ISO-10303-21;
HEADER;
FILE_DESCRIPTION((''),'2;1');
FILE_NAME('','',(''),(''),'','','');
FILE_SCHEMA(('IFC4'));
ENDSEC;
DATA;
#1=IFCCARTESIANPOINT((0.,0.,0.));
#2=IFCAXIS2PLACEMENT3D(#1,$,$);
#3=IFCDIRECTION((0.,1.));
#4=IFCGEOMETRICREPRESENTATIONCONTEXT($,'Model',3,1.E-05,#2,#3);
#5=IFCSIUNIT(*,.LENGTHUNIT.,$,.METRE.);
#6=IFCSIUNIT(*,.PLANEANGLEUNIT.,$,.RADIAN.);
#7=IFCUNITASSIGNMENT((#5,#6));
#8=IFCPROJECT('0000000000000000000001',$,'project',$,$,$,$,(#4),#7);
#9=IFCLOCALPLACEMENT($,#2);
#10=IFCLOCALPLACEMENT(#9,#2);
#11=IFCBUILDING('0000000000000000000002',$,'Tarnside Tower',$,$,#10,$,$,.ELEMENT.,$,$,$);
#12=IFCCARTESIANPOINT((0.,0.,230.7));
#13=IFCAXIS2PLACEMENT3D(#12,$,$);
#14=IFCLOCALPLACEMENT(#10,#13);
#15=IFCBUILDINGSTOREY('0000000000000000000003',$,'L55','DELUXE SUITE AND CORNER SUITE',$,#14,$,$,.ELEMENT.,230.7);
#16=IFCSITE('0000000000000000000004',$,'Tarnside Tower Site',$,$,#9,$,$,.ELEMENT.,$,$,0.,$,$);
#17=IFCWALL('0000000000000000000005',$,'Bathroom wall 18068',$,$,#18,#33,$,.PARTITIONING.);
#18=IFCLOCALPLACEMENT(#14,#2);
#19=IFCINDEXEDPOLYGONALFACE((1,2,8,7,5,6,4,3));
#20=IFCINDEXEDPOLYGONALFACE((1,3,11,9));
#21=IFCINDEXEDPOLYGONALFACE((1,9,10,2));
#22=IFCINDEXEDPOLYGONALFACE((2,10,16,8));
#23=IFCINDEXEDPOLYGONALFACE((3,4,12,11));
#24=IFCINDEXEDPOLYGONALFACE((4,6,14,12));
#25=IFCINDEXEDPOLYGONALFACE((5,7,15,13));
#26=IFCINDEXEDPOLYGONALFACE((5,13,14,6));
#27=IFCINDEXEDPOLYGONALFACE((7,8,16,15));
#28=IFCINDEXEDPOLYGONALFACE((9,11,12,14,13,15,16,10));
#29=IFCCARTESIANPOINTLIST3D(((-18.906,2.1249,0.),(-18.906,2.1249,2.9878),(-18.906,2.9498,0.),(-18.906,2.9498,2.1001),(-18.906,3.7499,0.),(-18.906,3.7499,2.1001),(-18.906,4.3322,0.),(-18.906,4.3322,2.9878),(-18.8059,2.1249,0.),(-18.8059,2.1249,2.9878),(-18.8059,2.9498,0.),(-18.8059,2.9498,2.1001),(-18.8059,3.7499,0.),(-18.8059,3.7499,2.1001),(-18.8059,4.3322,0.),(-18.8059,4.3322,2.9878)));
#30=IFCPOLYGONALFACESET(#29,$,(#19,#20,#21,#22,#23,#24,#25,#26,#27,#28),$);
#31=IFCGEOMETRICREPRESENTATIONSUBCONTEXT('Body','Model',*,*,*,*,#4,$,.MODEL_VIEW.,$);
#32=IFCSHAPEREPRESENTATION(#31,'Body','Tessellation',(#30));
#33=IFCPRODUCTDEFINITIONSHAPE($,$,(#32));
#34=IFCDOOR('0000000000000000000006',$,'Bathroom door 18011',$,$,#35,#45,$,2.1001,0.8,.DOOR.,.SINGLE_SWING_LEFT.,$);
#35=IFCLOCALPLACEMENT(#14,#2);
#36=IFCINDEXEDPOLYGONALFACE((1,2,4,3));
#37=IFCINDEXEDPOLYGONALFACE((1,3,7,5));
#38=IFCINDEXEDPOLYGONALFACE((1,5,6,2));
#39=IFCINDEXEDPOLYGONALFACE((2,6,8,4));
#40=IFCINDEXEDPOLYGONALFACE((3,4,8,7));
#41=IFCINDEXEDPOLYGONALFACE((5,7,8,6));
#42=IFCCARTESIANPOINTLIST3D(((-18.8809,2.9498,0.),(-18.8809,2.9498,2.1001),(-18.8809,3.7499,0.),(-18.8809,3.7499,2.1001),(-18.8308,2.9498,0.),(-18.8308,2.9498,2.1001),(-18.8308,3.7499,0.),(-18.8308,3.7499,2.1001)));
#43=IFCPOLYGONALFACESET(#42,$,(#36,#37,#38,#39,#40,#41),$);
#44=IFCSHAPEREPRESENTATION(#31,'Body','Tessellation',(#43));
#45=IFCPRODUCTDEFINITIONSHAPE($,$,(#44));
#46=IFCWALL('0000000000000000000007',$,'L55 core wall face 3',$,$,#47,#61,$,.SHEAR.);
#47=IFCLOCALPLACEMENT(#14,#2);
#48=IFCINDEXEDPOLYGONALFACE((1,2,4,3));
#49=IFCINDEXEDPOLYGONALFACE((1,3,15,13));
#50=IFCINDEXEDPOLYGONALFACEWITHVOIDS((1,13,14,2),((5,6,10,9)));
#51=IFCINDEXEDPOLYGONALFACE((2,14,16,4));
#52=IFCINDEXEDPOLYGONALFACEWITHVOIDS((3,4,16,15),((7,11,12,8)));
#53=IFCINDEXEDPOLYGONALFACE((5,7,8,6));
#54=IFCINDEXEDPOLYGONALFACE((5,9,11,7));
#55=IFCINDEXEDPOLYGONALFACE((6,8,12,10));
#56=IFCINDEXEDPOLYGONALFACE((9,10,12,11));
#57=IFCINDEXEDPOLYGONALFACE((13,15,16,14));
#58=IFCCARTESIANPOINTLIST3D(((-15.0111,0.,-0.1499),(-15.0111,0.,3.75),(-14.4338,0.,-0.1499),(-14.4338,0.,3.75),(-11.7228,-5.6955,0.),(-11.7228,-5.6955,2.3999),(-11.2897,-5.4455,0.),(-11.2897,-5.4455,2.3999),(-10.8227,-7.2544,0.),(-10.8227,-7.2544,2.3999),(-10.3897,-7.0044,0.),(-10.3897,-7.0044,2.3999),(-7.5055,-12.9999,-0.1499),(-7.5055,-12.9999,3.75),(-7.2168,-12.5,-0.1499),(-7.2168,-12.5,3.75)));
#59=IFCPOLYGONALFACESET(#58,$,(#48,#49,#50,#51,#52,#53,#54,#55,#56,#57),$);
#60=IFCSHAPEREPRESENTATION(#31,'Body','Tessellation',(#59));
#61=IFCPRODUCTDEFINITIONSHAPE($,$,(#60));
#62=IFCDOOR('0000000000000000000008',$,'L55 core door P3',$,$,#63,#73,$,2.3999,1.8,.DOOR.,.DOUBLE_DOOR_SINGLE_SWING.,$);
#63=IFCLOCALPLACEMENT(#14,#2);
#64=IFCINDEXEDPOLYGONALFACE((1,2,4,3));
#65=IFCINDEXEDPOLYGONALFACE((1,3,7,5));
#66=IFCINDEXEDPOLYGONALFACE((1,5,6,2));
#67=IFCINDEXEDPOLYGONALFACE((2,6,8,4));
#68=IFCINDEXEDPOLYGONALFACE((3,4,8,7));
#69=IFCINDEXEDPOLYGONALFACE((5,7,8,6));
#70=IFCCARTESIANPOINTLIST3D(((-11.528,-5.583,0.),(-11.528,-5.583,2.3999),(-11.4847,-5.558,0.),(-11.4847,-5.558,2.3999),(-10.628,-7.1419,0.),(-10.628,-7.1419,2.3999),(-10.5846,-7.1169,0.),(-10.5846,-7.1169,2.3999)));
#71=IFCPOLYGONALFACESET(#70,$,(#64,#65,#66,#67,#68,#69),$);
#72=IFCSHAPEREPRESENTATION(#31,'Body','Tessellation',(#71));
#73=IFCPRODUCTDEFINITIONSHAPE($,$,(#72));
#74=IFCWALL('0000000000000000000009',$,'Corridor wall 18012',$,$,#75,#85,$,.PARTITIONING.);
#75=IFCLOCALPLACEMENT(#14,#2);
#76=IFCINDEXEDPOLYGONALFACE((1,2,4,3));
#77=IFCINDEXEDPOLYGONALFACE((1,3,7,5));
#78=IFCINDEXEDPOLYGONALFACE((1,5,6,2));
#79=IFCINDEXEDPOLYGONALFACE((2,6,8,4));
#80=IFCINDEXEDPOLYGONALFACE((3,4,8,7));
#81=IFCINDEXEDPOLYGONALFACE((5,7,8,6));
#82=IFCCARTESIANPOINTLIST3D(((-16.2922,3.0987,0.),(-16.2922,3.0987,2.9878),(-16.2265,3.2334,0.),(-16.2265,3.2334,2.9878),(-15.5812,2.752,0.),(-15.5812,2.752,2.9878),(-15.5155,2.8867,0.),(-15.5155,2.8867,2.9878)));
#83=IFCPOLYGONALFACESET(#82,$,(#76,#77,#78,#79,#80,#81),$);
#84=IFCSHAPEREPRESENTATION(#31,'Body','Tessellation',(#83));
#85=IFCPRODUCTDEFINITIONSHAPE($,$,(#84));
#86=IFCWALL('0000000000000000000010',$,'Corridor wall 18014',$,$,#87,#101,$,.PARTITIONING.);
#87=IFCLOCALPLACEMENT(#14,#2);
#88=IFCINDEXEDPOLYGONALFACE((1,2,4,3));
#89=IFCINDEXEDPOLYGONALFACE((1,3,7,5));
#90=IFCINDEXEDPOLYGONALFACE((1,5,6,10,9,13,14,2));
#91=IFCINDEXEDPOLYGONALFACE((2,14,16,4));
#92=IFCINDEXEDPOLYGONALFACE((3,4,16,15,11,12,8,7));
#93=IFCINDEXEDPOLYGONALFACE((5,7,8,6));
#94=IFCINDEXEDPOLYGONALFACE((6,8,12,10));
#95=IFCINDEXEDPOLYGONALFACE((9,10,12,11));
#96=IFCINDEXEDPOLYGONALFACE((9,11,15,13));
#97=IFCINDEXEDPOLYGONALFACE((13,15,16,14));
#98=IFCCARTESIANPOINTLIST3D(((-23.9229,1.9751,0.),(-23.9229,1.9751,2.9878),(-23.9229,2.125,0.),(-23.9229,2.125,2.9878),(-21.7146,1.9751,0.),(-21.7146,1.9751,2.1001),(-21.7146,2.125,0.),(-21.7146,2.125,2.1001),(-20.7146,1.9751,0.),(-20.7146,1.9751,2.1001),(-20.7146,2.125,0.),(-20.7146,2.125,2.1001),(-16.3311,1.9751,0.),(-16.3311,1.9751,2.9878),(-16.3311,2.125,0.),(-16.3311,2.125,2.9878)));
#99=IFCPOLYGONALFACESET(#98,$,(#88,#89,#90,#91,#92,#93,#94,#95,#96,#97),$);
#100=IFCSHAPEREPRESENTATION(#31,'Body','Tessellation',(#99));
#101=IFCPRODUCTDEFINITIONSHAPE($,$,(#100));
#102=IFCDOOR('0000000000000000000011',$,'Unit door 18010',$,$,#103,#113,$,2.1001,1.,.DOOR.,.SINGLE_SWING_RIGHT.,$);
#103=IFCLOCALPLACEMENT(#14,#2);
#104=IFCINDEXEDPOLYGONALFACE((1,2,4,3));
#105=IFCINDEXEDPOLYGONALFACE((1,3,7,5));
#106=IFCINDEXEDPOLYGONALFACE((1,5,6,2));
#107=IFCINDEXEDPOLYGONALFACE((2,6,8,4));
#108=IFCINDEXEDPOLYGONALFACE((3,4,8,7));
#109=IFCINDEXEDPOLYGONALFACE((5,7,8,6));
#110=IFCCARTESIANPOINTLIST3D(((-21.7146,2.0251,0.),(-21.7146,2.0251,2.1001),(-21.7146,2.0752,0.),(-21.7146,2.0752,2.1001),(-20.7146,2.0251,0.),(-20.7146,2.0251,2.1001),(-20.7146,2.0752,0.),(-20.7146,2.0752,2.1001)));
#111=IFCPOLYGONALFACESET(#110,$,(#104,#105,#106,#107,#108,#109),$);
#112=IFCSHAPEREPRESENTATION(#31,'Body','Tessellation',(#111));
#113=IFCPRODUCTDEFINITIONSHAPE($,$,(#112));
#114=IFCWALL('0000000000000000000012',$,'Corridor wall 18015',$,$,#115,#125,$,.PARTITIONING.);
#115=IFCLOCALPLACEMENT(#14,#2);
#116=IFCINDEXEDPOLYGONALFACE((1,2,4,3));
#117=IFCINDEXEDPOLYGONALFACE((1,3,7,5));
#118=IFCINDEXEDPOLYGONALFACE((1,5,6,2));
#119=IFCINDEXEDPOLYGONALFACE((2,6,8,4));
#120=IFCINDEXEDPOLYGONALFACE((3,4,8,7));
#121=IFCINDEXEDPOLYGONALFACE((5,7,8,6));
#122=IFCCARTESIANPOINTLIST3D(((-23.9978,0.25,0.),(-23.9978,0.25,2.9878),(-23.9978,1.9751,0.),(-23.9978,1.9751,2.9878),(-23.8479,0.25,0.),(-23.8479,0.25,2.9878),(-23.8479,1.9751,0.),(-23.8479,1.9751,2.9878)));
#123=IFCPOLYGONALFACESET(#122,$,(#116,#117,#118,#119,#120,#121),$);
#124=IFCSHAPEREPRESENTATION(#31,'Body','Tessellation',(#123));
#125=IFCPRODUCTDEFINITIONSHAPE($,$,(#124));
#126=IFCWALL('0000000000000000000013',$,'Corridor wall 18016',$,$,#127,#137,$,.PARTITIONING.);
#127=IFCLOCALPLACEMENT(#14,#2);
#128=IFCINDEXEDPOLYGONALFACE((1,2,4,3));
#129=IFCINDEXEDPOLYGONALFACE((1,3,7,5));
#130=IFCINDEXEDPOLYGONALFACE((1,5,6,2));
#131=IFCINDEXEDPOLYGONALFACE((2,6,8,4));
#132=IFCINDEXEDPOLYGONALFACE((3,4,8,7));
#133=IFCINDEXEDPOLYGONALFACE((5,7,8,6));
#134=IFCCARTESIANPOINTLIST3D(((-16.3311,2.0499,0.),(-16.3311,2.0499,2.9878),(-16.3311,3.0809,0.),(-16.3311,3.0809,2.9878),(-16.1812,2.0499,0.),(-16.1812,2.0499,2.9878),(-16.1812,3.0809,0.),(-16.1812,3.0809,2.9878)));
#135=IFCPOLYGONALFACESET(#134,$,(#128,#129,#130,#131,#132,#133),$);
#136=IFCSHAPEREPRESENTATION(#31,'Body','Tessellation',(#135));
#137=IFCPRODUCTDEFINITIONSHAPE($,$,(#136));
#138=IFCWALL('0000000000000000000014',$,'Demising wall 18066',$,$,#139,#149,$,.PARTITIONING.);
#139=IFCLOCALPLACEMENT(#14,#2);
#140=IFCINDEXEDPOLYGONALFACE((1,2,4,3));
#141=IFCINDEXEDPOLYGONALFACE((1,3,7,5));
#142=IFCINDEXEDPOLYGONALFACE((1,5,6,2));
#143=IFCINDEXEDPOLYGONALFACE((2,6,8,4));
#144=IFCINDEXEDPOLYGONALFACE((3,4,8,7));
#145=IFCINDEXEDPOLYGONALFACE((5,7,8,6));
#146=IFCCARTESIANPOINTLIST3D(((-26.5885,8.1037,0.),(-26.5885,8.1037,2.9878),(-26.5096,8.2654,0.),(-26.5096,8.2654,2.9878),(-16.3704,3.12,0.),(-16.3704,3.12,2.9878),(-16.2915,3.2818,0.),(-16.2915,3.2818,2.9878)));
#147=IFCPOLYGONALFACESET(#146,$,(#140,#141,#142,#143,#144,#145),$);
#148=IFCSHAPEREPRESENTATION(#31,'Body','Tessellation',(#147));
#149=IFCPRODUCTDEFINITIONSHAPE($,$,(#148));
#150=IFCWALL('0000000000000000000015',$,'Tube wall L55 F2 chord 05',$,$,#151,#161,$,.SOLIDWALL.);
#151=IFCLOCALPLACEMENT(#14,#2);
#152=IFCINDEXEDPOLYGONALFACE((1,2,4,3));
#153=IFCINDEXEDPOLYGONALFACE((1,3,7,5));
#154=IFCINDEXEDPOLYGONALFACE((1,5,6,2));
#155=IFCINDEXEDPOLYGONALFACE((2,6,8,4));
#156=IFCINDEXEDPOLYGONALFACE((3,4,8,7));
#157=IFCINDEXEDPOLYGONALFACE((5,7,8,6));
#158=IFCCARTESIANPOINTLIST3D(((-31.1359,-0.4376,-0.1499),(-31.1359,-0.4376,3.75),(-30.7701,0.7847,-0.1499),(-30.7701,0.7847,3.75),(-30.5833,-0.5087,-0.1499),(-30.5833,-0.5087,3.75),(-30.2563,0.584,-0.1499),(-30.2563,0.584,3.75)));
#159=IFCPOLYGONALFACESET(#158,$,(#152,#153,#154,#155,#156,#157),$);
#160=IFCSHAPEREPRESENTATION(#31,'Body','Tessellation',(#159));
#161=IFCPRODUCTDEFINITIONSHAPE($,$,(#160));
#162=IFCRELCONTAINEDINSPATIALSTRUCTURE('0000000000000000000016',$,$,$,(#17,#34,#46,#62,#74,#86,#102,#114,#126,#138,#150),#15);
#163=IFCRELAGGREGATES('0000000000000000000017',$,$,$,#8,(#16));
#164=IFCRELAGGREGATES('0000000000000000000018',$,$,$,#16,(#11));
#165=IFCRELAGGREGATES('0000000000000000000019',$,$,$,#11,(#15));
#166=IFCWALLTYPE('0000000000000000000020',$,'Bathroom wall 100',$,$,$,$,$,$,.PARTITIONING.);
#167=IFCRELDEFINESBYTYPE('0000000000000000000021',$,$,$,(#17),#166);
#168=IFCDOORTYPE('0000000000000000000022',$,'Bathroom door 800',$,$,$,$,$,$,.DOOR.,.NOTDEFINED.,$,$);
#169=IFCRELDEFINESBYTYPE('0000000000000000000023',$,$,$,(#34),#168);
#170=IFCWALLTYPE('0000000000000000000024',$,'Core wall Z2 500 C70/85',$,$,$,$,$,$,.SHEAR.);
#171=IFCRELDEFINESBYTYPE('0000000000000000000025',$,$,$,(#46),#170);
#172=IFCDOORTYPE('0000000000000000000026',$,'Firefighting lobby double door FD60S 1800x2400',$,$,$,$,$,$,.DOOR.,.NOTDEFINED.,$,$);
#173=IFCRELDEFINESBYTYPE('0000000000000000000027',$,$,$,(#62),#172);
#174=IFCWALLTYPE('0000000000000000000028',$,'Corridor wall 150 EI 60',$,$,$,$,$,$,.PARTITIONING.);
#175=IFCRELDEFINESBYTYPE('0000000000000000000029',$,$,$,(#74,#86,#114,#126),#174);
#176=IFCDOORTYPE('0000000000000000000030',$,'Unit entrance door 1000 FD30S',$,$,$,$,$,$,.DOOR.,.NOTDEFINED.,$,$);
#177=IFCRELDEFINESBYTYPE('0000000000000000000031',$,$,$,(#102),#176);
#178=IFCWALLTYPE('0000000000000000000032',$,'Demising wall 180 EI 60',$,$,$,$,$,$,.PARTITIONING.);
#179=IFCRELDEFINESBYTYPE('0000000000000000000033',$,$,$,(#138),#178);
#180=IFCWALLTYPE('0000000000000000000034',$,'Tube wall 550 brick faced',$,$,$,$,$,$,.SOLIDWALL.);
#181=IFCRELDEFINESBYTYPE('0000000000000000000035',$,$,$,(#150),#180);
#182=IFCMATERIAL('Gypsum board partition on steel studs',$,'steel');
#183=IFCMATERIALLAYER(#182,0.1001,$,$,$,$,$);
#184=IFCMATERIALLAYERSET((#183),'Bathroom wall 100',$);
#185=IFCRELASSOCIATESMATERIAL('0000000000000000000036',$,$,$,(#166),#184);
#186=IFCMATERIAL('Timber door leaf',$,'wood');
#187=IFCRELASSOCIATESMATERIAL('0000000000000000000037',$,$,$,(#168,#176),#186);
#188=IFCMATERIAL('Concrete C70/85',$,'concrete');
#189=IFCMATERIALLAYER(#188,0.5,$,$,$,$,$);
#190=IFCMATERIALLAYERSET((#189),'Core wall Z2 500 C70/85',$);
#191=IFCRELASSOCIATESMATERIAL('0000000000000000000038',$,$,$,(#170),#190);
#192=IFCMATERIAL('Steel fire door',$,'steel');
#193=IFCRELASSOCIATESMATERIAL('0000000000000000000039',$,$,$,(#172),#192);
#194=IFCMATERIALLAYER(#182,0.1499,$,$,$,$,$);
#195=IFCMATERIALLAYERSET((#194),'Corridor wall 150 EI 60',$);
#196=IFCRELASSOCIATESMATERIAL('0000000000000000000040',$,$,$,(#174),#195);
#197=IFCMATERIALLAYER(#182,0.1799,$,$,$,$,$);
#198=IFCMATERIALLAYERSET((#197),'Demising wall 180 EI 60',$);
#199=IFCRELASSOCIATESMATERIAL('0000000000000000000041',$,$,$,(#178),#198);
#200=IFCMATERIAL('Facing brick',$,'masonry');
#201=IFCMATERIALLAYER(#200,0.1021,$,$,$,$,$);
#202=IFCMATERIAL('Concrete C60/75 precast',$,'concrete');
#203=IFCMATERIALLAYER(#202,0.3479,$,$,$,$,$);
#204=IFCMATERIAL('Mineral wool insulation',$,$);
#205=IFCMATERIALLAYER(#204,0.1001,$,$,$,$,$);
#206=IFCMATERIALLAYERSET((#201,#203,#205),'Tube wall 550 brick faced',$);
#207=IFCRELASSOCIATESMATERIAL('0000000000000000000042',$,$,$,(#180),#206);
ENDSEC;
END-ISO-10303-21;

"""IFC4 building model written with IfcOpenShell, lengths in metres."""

from ifc_helpers import new_model, si_unit, direction, frame, frame_2d, origin, place, context, subcontext, project, spatial, polyline, rectangle, outline, extrude, material, layer, layer_set, type_object, element, fill, save


model = new_model("IFC4")

# Units and contexts
model_context = context("Model", 3, precision=1e-05, world=origin(), true_north=direction((0.0, 1.0)))
body_context = subcontext(model_context, "Body", "Model", "MODEL_VIEW")
ifc_project = project(units=[si_unit("LENGTHUNIT", "METRE"), si_unit("PLANEANGLEUNIT", "RADIAN")], contexts=[model_context])

# Site, building, storey
site_placement = place(None, origin())
site = spatial("IfcSite", under=ifc_project, at=site_placement, Name="Tarnside Tower Site", CompositionType="ELEMENT", RefElevation=0.0)
building_placement = place(site_placement, origin())
building = spatial("IfcBuilding", under=site, at=building_placement, Name="Tarnside Tower", CompositionType="ELEMENT")
storey_placement = place(building_placement, frame((0.0, 0.0, 230.7)))
storey = spatial("IfcBuildingStorey", under=building, at=storey_placement, Name="L55", Description="DELUXE SUITE AND CORNER SUITE", CompositionType="ELEMENT", Elevation=230.7)

# Shared definitions
ifc_material_1 = material(Name="Gypsum board partition on steel studs", Category="steel")
ifc_layer_1 = layer(ifc_material_1, 0.1001)
ifc_layer_set_1 = layer_set([ifc_layer_1], Name="Bathroom wall 100")
wall_type_1 = type_object("IfcWallType", Name="Bathroom wall 100", PredefinedType="PARTITIONING", material=ifc_layer_set_1)
ifc_material_2 = material(Name="Timber door leaf", Category="wood")
door_type_1 = type_object("IfcDoorType", Name="Bathroom door 800", OperationType="NOTDEFINED", PredefinedType="DOOR", material=ifc_material_2)

# Walls, openings, doors
wall_1_placement = place(storey_placement, frame((-18.856, 2.125, 0.0), z_axis=(0.0, 0.0, 1.0), x_axis=(0.0, 1.0, 0.0)))
wall_1 = element("IfcWall", 1, at=wall_1_placement, inside=storey, type_object=wall_type_1, Name="Bathroom wall 18068", PredefinedType="PARTITIONING", context=body_context, shape_type="SweptSolid", body=[
    extrude(rectangle(XDim=2.2073, YDim=0.1001, at=frame_2d((1.1035, 0.0))), origin(), (0.0, 0.0, 1.0), 2.9878),
])
opening_1_placement = place(wall_1_placement, frame((0.825, 0.0, 0.0)))
opening_1 = element("IfcOpeningElement", 2, at=opening_1_placement, cuts=wall_1, PredefinedType="OPENING", context=body_context, shape_type="SweptSolid", body=[
    extrude(rectangle(XDim=0.8, YDim=2.1001, at=frame_2d((0.3999, 1.05))), frame((0.0, 0.0601, 0.0), z_axis=(0.0, -1.0, 0.0), x_axis=(1.0, 0.0, 0.0)), (0.0, 0.0, 1.0), 0.1201),
])
door_1_placement = place(opening_1_placement, origin())
door_1 = element("IfcDoor", 3, at=door_1_placement, inside=storey, type_object=door_type_1, Name="Bathroom door 18011", OperationType="SINGLE_SWING_LEFT", OverallHeight=2.1001, OverallWidth=0.8, PredefinedType="DOOR", context=body_context, shape_type="SweptSolid", body=[
    extrude(rectangle(XDim=0.8, YDim=2.1001, at=frame_2d((0.3999, 1.05))), frame((0.0, 0.0249, 0.0), z_axis=(0.0, -1.0, 0.0), x_axis=(1.0, 0.0, 0.0)), (0.0, 0.0, 1.0), 0.05),
])
fill(opening_1, door_1)
ifc_material_3 = material(Name="Concrete C70/85", Category="concrete")
ifc_layer_2 = layer(ifc_material_3, 0.5)
ifc_layer_set_2 = layer_set([ifc_layer_2], Name="Core wall Z2 500 C70/85")
wall_type_2 = type_object("IfcWallType", Name="Core wall Z2 500 C70/85", PredefinedType="SHEAR", material=ifc_layer_set_2)
wall_2_placement = place(storey_placement, frame((-14.7224, 0.0, -0.1499), z_axis=(0.0, 0.0, 1.0), x_axis=(0.500006, -0.866022, 0.0)))
wall_2 = element("IfcWall", 4, at=wall_2_placement, inside=storey, type_object=wall_type_2, Name="L55 core wall face 3", PredefinedType="SHEAR", context=body_context, shape_type="SweptSolid", body=[
    extrude(outline(polyline([(-0.1443, -0.25), (14.8667, -0.25), (14.5781, 0.25), (0.1443, 0.25), (-0.1443, -0.25)])), origin(), (0.0, 0.0, 1.0), 3.8999),
])
opening_2_placement = place(wall_2_placement, frame((6.4324, 0.0, 0.1499)))
opening_2 = element("IfcOpeningElement", 5, at=opening_2_placement, cuts=wall_2, PredefinedType="OPENING", context=body_context, shape_type="SweptSolid", body=[
    extrude(rectangle(XDim=1.8, YDim=2.3999, at=frame_2d((0.8999, 1.2))), frame((0.0, 0.26, 0.0), z_axis=(0.0, -1.0, 0.0), x_axis=(1.0, 0.0, 0.0)), (0.0, 0.0, 1.0), 0.52),
])
ifc_material_4 = material(Name="Steel fire door", Category="steel")
door_type_2 = type_object("IfcDoorType", Name="Firefighting lobby double door FD60S 1800x2400", OperationType="NOTDEFINED", PredefinedType="DOOR", material=ifc_material_4)
door_2_placement = place(opening_2_placement, origin())
door_2 = element("IfcDoor", 6, at=door_2_placement, inside=storey, type_object=door_type_2, Name="L55 core door P3", OperationType="DOUBLE_DOOR_SINGLE_SWING", OverallHeight=2.3999, OverallWidth=1.8, PredefinedType="DOOR", context=body_context, shape_type="SweptSolid", body=[
    extrude(rectangle(XDim=1.8, YDim=2.3999, at=frame_2d((0.8999, 1.2))), frame((0.0, 0.0249, 0.0), z_axis=(0.0, -1.0, 0.0), x_axis=(1.0, 0.0, 0.0)), (0.0, 0.0, 1.0), 0.05),
])
fill(opening_2, door_2)

# Wall
ifc_layer_3 = layer(ifc_material_1, 0.1499)
ifc_layer_set_3 = layer_set([ifc_layer_3], Name="Corridor wall 150 EI 60")
wall_type_3 = type_object("IfcWallType", Name="Corridor wall 150 EI 60", PredefinedType="PARTITIONING", material=ifc_layer_set_3)
wall_3_placement = place(storey_placement, frame((-15.5483, 2.8193, 0.0), z_axis=(0.0, 0.0, 1.0), x_axis=(-0.898828, 0.438302, 0.0)))
element("IfcWall", 7, at=wall_3_placement, inside=storey, type_object=wall_type_3, Name="Corridor wall 18012", PredefinedType="PARTITIONING", context=body_context, shape_type="SweptSolid", body=[
    extrude(rectangle(XDim=0.791, YDim=0.1499, at=frame_2d((0.3955, 0.0))), origin(), (0.0, 0.0, 1.0), 2.9878),
])

# Wall, opening, door
wall_4_placement = place(storey_placement, frame((-16.3311, 2.05, 0.0), z_axis=(0.0, 0.0, 1.0), x_axis=(-1.0, 0.0, 0.0)))
wall_4 = element("IfcWall", 8, at=wall_4_placement, inside=storey, type_object=wall_type_3, Name="Corridor wall 18014", PredefinedType="PARTITIONING", context=body_context, shape_type="SweptSolid", body=[
    extrude(rectangle(XDim=7.5918, YDim=0.1499, at=frame_2d((3.7959, 0.0))), origin(), (0.0, 0.0, 1.0), 2.9878),
])
opening_3_placement = place(wall_4_placement, frame((4.3835, 0.0, 0.0)))
opening_3 = element("IfcOpeningElement", 9, at=opening_3_placement, cuts=wall_4, PredefinedType="OPENING", context=body_context, shape_type="SweptSolid", body=[
    extrude(rectangle(XDim=1.0, YDim=2.1001, at=frame_2d((0.5, 1.05))), frame((0.0, 0.085, 0.0), z_axis=(0.0, -1.0, 0.0), x_axis=(1.0, 0.0, 0.0)), (0.0, 0.0, 1.0), 0.1699),
])
door_type_3 = type_object("IfcDoorType", Name="Unit entrance door 1000 FD30S", OperationType="NOTDEFINED", PredefinedType="DOOR", material=ifc_material_2)
door_3_placement = place(opening_3_placement, origin())
door_3 = element("IfcDoor", 10, at=door_3_placement, inside=storey, type_object=door_type_3, Name="Unit door 18010", OperationType="SINGLE_SWING_RIGHT", OverallHeight=2.1001, OverallWidth=1.0, PredefinedType="DOOR", context=body_context, shape_type="SweptSolid", body=[
    extrude(rectangle(XDim=1.0, YDim=2.1001, at=frame_2d((0.5, 1.05))), frame((0.0, 0.0249, 0.0), z_axis=(0.0, -1.0, 0.0), x_axis=(1.0, 0.0, 0.0)), (0.0, 0.0, 1.0), 0.05),
])
fill(opening_3, door_3)

# Walls
wall_5_placement = place(storey_placement, frame((-23.9229, 1.9751, 0.0), z_axis=(0.0, 0.0, 1.0), x_axis=(0.0, -1.0, 0.0)))
element("IfcWall", 11, at=wall_5_placement, inside=storey, type_object=wall_type_3, Name="Corridor wall 18015", PredefinedType="PARTITIONING", context=body_context, shape_type="SweptSolid", body=[
    extrude(rectangle(XDim=1.7251, YDim=0.1499, at=frame_2d((0.8625, 0.0))), origin(), (0.0, 0.0, 1.0), 2.9878),
])
wall_6_placement = place(storey_placement, frame((-16.2561, 3.0811, 0.0), z_axis=(0.0, 0.0, 1.0), x_axis=(0.0, -1.0, 0.0)))
element("IfcWall", 12, at=wall_6_placement, inside=storey, type_object=wall_type_3, Name="Corridor wall 18016", PredefinedType="PARTITIONING", context=body_context, shape_type="SweptSolid", body=[
    extrude(rectangle(XDim=1.031, YDim=0.1499, at=frame_2d((0.5156, 0.0))), origin(), (0.0, 0.0, 1.0), 2.9878),
])
ifc_layer_4 = layer(ifc_material_1, 0.1799)
ifc_layer_set_4 = layer_set([ifc_layer_4], Name="Demising wall 180 EI 60")
wall_type_4 = type_object("IfcWallType", Name="Demising wall 180 EI 60", PredefinedType="PARTITIONING", material=ifc_layer_set_4)
wall_7_placement = place(storey_placement, frame((-26.5491, 8.1846, 0.0), z_axis=(0.0, 0.0, 1.0), x_axis=(0.898795, -0.43837, 0.0)))
element("IfcWall", 13, at=wall_7_placement, inside=storey, type_object=wall_type_4, Name="Demising wall 18066", PredefinedType="PARTITIONING", context=body_context, shape_type="SweptSolid", body=[
    extrude(rectangle(XDim=11.3687, YDim=0.1799, at=frame_2d((5.6843, 0.0))), origin(), (0.0, 0.0, 1.0), 2.9878),
])
ifc_material_5 = material(Name="Facing brick", Category="masonry")
ifc_layer_5 = layer(ifc_material_5, 0.1021)
ifc_material_6 = material(Name="Concrete C60/75 precast", Category="concrete")
ifc_layer_6 = layer(ifc_material_6, 0.3479)
ifc_material_7 = material(Name="Mineral wool insulation")
ifc_layer_7 = layer(ifc_material_7, 0.1001)
ifc_layer_set_5 = layer_set([ifc_layer_5, ifc_layer_6, ifc_layer_7], Name="Tube wall 550 brick faced")
wall_type_5 = type_object("IfcWallType", Name="Tube wall 550 brick faced", PredefinedType="SOLIDWALL", material=ifc_layer_set_5)
wall_8_placement = place(storey_placement, frame((-30.5132, 0.6843, -0.1499), z_axis=(0.0, 0.0, 1.0), x_axis=(-0.286736, -0.95801, 0.0)))
element("IfcWall", 14, at=wall_8_placement, inside=storey, type_object=wall_type_5, Name="Tube wall L55 F2 chord 05", PredefinedType="SOLIDWALL", context=body_context, shape_type="SweptSolid", body=[
    extrude(outline(polyline([(-0.0225, -0.2749), (1.2534, -0.2749), (1.1631, 0.2749), (0.0225, 0.2749), (-0.0225, -0.2749)])), origin(), (0.0, 0.0, 1.0), 3.8999),
])

save(model, "model.ifc")
